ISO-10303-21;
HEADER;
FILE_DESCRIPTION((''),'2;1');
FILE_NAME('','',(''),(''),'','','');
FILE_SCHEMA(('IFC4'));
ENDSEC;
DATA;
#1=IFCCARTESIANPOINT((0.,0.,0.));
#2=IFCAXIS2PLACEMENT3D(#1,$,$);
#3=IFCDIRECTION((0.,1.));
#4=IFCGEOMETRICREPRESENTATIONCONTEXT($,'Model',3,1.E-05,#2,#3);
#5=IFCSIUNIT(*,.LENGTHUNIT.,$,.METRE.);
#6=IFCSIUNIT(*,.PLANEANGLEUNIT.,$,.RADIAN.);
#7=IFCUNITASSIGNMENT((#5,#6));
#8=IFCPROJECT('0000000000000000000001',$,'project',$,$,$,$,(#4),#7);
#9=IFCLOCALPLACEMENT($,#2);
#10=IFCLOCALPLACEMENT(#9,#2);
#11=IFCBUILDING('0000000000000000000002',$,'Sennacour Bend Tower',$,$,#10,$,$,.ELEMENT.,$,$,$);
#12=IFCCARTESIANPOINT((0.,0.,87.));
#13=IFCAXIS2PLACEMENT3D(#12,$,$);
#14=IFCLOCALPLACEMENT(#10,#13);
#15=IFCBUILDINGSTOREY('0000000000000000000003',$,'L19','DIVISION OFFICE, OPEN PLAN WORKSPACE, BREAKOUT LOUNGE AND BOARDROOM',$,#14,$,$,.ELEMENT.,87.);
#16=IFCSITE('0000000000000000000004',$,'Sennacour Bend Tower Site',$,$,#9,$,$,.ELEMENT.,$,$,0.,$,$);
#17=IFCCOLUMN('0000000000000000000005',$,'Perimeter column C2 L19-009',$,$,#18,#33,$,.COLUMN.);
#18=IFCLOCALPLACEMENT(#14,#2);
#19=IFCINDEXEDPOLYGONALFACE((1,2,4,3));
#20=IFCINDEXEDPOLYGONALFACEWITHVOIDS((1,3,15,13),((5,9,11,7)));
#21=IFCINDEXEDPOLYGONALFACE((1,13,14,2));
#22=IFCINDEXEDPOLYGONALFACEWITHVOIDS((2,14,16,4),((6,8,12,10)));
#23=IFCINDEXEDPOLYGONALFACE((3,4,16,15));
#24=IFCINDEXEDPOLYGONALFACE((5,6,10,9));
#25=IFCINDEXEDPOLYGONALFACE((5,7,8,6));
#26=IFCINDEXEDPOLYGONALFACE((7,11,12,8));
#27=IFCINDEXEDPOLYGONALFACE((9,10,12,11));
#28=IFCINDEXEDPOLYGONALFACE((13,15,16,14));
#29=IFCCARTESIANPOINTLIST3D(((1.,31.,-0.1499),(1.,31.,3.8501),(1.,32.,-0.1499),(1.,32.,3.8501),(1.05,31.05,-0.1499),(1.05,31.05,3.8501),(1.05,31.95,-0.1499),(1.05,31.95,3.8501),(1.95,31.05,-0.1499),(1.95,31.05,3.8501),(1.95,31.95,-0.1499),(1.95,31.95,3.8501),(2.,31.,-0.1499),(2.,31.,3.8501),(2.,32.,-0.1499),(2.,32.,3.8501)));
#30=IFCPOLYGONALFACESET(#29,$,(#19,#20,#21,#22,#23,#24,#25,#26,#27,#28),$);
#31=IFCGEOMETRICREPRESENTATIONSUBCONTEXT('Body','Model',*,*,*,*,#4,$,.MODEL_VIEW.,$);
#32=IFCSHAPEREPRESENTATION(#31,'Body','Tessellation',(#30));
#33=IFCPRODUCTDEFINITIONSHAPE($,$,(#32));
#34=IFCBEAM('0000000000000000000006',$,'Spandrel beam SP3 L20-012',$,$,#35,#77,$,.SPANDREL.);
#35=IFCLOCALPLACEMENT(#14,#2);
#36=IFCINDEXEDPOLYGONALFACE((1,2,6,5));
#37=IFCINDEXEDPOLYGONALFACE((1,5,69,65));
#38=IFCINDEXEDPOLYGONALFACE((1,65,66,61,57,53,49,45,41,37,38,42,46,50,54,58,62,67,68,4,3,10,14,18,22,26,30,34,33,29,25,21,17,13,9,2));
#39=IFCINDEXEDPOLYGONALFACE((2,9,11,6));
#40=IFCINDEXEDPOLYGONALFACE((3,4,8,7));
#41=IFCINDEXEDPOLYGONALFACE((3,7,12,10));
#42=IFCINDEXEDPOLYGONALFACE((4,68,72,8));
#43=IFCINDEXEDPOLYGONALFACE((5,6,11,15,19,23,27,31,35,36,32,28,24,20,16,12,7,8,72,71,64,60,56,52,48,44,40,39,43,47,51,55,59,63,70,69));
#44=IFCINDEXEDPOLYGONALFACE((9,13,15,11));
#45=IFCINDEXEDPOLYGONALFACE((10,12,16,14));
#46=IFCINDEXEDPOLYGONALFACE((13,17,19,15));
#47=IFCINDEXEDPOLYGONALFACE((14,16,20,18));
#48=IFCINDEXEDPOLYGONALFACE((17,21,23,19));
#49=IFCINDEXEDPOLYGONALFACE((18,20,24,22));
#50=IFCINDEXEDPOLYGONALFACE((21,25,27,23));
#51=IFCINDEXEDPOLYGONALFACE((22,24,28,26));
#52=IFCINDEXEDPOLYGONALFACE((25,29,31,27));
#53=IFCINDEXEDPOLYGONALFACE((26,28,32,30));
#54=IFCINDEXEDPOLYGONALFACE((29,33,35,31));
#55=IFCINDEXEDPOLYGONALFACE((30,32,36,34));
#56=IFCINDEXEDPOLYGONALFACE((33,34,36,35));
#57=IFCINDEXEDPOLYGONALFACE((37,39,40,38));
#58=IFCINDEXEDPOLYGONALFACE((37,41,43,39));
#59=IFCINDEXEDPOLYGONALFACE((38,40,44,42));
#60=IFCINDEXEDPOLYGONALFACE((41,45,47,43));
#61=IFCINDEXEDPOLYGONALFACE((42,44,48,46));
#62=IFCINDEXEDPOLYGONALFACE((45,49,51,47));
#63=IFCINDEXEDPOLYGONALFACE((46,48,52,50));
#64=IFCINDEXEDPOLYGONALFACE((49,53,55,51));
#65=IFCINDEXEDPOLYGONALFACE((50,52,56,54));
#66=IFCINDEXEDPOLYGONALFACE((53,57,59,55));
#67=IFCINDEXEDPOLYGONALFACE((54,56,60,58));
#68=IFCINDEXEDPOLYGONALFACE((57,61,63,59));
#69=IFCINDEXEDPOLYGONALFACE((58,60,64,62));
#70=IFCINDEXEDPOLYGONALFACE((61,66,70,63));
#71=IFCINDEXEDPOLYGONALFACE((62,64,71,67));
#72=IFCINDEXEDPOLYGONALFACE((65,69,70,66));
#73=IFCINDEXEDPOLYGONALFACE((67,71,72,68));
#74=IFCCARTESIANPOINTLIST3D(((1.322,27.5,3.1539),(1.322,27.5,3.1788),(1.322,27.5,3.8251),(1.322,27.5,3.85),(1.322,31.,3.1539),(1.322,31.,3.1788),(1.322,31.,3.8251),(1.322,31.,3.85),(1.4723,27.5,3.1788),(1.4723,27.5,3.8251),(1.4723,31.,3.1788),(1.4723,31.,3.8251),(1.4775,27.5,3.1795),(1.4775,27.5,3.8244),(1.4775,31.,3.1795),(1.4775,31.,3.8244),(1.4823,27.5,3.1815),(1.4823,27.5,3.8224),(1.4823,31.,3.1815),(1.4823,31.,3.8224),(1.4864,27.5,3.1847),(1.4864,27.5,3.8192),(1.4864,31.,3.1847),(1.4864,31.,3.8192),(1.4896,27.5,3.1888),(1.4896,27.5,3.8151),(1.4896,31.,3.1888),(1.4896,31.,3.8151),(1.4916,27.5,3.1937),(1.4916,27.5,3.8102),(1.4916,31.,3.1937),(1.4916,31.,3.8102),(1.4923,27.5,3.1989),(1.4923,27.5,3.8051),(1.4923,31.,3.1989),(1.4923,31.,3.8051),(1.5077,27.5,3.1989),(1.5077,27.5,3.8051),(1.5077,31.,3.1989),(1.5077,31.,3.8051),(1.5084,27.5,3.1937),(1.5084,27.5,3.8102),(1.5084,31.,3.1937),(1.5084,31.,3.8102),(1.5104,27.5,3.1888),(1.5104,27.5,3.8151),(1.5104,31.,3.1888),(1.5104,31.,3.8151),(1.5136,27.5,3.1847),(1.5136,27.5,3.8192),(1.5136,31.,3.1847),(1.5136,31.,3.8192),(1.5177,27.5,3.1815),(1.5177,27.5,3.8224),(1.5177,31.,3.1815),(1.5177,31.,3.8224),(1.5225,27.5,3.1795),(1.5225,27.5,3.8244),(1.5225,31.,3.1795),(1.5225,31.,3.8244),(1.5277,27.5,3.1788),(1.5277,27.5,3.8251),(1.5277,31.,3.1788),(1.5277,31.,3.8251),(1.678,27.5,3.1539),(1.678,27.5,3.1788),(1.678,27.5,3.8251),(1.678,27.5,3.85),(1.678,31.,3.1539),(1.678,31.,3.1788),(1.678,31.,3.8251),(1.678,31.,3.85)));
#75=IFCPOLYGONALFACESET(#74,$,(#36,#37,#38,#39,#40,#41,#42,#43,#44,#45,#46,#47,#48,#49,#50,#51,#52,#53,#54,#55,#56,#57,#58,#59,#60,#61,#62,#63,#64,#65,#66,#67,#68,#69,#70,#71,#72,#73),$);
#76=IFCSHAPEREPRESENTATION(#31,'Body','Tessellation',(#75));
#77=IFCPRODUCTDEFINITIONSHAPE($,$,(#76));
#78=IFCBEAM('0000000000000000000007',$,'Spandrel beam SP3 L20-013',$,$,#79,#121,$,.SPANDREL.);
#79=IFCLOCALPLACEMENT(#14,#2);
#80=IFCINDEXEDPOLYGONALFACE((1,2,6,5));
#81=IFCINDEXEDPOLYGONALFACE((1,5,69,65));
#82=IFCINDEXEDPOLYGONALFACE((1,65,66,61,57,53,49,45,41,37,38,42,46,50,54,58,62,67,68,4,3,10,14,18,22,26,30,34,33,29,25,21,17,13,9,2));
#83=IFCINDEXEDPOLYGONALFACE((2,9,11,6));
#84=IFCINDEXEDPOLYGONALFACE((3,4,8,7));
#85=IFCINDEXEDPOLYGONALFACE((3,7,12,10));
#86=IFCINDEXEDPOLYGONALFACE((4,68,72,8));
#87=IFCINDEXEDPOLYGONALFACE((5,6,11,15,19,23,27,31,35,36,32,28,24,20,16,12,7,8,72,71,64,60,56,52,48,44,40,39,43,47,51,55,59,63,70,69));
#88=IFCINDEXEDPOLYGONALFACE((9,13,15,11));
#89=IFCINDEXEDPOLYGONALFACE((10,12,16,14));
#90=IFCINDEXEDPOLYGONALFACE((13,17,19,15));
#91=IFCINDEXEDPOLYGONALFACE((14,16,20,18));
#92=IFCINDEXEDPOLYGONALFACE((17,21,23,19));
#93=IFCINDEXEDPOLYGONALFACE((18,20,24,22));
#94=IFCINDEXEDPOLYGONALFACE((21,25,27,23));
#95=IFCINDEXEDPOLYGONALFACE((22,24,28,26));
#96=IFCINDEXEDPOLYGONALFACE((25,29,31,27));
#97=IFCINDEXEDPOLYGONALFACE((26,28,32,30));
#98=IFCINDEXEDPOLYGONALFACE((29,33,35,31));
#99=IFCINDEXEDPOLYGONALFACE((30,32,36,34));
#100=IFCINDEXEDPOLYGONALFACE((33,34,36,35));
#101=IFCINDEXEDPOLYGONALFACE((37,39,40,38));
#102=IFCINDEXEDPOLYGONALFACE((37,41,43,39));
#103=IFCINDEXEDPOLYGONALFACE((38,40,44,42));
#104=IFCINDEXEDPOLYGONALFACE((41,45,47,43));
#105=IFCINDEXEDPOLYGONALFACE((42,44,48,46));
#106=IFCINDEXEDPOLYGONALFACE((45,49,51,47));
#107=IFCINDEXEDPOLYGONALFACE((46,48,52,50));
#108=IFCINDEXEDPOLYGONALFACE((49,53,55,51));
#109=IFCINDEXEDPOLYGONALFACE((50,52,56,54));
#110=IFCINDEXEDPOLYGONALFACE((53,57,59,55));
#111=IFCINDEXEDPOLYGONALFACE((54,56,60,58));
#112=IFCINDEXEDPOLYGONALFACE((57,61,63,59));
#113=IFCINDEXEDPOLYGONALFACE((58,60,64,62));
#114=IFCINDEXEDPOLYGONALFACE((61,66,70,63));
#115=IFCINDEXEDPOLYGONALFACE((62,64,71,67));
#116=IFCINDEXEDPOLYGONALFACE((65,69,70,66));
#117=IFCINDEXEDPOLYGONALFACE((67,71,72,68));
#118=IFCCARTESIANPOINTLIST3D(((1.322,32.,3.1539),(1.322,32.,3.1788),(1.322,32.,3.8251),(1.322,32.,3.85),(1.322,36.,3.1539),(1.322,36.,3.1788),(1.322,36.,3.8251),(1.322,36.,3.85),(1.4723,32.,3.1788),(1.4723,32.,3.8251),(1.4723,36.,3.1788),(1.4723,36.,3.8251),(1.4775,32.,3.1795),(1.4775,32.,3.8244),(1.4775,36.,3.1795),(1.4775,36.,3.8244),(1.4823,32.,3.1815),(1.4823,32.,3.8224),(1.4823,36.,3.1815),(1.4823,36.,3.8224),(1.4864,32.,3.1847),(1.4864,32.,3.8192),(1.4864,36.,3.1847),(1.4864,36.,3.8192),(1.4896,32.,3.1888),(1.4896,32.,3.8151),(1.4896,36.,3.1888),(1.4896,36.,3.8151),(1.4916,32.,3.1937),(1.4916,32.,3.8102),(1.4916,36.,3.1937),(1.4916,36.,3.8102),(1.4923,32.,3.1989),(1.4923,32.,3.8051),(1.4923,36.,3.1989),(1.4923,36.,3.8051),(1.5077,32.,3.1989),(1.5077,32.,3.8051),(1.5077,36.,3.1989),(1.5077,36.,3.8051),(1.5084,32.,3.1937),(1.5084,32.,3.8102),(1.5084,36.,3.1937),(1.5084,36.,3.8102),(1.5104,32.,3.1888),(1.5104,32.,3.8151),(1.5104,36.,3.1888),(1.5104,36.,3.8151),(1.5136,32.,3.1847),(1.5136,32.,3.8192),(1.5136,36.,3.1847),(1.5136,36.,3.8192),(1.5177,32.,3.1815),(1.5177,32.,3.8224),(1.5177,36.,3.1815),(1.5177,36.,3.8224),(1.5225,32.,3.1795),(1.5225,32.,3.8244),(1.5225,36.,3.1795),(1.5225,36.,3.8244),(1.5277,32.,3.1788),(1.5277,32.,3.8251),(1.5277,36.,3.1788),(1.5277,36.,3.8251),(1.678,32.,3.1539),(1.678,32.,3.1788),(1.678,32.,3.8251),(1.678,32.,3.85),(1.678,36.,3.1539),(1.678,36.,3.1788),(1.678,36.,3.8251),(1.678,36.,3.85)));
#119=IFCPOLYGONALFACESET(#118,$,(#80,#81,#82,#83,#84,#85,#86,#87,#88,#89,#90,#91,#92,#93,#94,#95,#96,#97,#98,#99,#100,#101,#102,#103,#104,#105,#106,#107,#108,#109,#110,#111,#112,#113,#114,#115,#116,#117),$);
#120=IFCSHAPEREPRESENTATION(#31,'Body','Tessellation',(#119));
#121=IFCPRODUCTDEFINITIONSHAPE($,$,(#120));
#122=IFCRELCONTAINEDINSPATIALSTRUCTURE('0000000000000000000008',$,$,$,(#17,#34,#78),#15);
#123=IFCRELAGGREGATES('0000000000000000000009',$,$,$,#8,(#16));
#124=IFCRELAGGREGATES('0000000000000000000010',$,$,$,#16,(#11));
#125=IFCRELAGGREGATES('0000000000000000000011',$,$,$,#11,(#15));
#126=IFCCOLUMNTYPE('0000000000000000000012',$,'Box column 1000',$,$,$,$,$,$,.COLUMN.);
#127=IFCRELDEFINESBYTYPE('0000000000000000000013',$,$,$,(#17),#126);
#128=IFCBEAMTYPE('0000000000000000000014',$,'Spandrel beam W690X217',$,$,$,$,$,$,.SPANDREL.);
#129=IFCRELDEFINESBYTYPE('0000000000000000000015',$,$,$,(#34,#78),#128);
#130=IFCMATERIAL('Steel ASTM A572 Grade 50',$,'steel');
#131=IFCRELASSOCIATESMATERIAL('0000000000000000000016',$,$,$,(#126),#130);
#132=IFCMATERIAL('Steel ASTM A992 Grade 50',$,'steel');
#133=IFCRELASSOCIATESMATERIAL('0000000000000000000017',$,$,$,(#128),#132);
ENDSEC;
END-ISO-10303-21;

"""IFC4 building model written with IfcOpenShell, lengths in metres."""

from ifc_helpers import new_model, si_unit, direction, frame, origin, origin_2d, place, context, subcontext, project, spatial, hollow_rectangle, i_section, extrude, material, material_profile, profile_set, type_object, element, save


model = new_model("IFC4")

# Units and contexts
model_context = context("Model", 3, precision=1e-05, world=origin(), true_north=direction((0.0, 1.0)))
body_context = subcontext(model_context, "Body", "Model", "MODEL_VIEW")
ifc_project = project(units=[si_unit("LENGTHUNIT", "METRE"), si_unit("PLANEANGLEUNIT", "RADIAN")], contexts=[model_context])

# Site, building, storey
site_placement = place(None, origin())
site = spatial("IfcSite", under=ifc_project, at=site_placement, Name="Sennacour Bend Tower Site", CompositionType="ELEMENT", RefElevation=0.0)
building_placement = place(site_placement, origin())
building = spatial("IfcBuilding", under=site, at=building_placement, Name="Sennacour Bend Tower", CompositionType="ELEMENT")
storey_placement = place(building_placement, frame((0.0, 0.0, 87.0)))
storey = spatial("IfcBuildingStorey", under=building, at=storey_placement, Name="L19", Description="DIVISION OFFICE, OPEN PLAN WORKSPACE, BREAKOUT LOUNGE AND BOARDROOM", CompositionType="ELEMENT", Elevation=87.0)

# Column
ifc_material_1 = material(Name="Steel ASTM A572 Grade 50", Category="steel")
ifc_material_profile_1 = material_profile(ifc_material_1, hollow_rectangle(XDim=1.0, YDim=1.0, WallThickness=0.05, at=origin_2d()), Name="Steel ASTM A572 Grade 50", Category="steel")
ifc_profile_set_1 = profile_set([ifc_material_profile_1], Name="Steel ASTM A572 Grade 50")
column_type = type_object("IfcColumnType", Name="Box column 1000", PredefinedType="COLUMN", material=ifc_profile_set_1)
column_placement = place(storey_placement, frame((1.5, 31.5, -0.1499), z_axis=(0.0, 0.0, 1.0), x_axis=(1.0, 0.0, 0.0)))
element("IfcColumn", 1, at=column_placement, inside=storey, type_object=column_type, Name="Perimeter column C2 L19-009", PredefinedType="COLUMN", context=body_context, shape_type="SweptSolid", body=[
    extrude(hollow_rectangle(XDim=1.0, YDim=1.0, WallThickness=0.05, at=origin_2d()), origin(), (0.0, 0.0, 1.0), 4.0),
])

# Beams
ifc_material_2 = material(Name="Steel ASTM A992 Grade 50", Category="steel")
ifc_material_profile_2 = material_profile(ifc_material_2, i_section(OverallWidth=0.356, OverallDepth=0.696, WebThickness=0.0154, FlangeThickness=0.0249, FilletRadius=0.02, at=origin_2d()), Name="Steel ASTM A992 Grade 50", Category="steel")
ifc_profile_set_2 = profile_set([ifc_material_profile_2], Name="Steel ASTM A992 Grade 50")
beam_type = type_object("IfcBeamType", Name="Spandrel beam W690X217", PredefinedType="SPANDREL", material=ifc_profile_set_2)
beam_1_placement = place(storey_placement, frame((1.5, 27.5, 3.502), z_axis=(0.0, 1.0, 0.0), x_axis=(-1.0, 0.0, 0.0)))
element("IfcBeam", 2, at=beam_1_placement, inside=storey, type_object=beam_type, Name="Spandrel beam SP3 L20-012", PredefinedType="SPANDREL", context=body_context, shape_type="SweptSolid", body=[
    extrude(i_section(OverallWidth=0.356, OverallDepth=0.696, WebThickness=0.0154, FlangeThickness=0.0249, FilletRadius=0.02, at=origin_2d()), origin(), (0.0, 0.0, 1.0), 3.5),
])
beam_2_placement = place(storey_placement, frame((1.5, 32.0, 3.502), z_axis=(0.0, 1.0, 0.0), x_axis=(-1.0, 0.0, 0.0)))
element("IfcBeam", 3, at=beam_2_placement, inside=storey, type_object=beam_type, Name="Spandrel beam SP3 L20-013", PredefinedType="SPANDREL", context=body_context, shape_type="SweptSolid", body=[
    extrude(i_section(OverallWidth=0.356, OverallDepth=0.696, WebThickness=0.0154, FlangeThickness=0.0249, FilletRadius=0.02, at=origin_2d()), origin(), (0.0, 0.0, 1.0), 4.0),
])

save(model, "model.ifc")
